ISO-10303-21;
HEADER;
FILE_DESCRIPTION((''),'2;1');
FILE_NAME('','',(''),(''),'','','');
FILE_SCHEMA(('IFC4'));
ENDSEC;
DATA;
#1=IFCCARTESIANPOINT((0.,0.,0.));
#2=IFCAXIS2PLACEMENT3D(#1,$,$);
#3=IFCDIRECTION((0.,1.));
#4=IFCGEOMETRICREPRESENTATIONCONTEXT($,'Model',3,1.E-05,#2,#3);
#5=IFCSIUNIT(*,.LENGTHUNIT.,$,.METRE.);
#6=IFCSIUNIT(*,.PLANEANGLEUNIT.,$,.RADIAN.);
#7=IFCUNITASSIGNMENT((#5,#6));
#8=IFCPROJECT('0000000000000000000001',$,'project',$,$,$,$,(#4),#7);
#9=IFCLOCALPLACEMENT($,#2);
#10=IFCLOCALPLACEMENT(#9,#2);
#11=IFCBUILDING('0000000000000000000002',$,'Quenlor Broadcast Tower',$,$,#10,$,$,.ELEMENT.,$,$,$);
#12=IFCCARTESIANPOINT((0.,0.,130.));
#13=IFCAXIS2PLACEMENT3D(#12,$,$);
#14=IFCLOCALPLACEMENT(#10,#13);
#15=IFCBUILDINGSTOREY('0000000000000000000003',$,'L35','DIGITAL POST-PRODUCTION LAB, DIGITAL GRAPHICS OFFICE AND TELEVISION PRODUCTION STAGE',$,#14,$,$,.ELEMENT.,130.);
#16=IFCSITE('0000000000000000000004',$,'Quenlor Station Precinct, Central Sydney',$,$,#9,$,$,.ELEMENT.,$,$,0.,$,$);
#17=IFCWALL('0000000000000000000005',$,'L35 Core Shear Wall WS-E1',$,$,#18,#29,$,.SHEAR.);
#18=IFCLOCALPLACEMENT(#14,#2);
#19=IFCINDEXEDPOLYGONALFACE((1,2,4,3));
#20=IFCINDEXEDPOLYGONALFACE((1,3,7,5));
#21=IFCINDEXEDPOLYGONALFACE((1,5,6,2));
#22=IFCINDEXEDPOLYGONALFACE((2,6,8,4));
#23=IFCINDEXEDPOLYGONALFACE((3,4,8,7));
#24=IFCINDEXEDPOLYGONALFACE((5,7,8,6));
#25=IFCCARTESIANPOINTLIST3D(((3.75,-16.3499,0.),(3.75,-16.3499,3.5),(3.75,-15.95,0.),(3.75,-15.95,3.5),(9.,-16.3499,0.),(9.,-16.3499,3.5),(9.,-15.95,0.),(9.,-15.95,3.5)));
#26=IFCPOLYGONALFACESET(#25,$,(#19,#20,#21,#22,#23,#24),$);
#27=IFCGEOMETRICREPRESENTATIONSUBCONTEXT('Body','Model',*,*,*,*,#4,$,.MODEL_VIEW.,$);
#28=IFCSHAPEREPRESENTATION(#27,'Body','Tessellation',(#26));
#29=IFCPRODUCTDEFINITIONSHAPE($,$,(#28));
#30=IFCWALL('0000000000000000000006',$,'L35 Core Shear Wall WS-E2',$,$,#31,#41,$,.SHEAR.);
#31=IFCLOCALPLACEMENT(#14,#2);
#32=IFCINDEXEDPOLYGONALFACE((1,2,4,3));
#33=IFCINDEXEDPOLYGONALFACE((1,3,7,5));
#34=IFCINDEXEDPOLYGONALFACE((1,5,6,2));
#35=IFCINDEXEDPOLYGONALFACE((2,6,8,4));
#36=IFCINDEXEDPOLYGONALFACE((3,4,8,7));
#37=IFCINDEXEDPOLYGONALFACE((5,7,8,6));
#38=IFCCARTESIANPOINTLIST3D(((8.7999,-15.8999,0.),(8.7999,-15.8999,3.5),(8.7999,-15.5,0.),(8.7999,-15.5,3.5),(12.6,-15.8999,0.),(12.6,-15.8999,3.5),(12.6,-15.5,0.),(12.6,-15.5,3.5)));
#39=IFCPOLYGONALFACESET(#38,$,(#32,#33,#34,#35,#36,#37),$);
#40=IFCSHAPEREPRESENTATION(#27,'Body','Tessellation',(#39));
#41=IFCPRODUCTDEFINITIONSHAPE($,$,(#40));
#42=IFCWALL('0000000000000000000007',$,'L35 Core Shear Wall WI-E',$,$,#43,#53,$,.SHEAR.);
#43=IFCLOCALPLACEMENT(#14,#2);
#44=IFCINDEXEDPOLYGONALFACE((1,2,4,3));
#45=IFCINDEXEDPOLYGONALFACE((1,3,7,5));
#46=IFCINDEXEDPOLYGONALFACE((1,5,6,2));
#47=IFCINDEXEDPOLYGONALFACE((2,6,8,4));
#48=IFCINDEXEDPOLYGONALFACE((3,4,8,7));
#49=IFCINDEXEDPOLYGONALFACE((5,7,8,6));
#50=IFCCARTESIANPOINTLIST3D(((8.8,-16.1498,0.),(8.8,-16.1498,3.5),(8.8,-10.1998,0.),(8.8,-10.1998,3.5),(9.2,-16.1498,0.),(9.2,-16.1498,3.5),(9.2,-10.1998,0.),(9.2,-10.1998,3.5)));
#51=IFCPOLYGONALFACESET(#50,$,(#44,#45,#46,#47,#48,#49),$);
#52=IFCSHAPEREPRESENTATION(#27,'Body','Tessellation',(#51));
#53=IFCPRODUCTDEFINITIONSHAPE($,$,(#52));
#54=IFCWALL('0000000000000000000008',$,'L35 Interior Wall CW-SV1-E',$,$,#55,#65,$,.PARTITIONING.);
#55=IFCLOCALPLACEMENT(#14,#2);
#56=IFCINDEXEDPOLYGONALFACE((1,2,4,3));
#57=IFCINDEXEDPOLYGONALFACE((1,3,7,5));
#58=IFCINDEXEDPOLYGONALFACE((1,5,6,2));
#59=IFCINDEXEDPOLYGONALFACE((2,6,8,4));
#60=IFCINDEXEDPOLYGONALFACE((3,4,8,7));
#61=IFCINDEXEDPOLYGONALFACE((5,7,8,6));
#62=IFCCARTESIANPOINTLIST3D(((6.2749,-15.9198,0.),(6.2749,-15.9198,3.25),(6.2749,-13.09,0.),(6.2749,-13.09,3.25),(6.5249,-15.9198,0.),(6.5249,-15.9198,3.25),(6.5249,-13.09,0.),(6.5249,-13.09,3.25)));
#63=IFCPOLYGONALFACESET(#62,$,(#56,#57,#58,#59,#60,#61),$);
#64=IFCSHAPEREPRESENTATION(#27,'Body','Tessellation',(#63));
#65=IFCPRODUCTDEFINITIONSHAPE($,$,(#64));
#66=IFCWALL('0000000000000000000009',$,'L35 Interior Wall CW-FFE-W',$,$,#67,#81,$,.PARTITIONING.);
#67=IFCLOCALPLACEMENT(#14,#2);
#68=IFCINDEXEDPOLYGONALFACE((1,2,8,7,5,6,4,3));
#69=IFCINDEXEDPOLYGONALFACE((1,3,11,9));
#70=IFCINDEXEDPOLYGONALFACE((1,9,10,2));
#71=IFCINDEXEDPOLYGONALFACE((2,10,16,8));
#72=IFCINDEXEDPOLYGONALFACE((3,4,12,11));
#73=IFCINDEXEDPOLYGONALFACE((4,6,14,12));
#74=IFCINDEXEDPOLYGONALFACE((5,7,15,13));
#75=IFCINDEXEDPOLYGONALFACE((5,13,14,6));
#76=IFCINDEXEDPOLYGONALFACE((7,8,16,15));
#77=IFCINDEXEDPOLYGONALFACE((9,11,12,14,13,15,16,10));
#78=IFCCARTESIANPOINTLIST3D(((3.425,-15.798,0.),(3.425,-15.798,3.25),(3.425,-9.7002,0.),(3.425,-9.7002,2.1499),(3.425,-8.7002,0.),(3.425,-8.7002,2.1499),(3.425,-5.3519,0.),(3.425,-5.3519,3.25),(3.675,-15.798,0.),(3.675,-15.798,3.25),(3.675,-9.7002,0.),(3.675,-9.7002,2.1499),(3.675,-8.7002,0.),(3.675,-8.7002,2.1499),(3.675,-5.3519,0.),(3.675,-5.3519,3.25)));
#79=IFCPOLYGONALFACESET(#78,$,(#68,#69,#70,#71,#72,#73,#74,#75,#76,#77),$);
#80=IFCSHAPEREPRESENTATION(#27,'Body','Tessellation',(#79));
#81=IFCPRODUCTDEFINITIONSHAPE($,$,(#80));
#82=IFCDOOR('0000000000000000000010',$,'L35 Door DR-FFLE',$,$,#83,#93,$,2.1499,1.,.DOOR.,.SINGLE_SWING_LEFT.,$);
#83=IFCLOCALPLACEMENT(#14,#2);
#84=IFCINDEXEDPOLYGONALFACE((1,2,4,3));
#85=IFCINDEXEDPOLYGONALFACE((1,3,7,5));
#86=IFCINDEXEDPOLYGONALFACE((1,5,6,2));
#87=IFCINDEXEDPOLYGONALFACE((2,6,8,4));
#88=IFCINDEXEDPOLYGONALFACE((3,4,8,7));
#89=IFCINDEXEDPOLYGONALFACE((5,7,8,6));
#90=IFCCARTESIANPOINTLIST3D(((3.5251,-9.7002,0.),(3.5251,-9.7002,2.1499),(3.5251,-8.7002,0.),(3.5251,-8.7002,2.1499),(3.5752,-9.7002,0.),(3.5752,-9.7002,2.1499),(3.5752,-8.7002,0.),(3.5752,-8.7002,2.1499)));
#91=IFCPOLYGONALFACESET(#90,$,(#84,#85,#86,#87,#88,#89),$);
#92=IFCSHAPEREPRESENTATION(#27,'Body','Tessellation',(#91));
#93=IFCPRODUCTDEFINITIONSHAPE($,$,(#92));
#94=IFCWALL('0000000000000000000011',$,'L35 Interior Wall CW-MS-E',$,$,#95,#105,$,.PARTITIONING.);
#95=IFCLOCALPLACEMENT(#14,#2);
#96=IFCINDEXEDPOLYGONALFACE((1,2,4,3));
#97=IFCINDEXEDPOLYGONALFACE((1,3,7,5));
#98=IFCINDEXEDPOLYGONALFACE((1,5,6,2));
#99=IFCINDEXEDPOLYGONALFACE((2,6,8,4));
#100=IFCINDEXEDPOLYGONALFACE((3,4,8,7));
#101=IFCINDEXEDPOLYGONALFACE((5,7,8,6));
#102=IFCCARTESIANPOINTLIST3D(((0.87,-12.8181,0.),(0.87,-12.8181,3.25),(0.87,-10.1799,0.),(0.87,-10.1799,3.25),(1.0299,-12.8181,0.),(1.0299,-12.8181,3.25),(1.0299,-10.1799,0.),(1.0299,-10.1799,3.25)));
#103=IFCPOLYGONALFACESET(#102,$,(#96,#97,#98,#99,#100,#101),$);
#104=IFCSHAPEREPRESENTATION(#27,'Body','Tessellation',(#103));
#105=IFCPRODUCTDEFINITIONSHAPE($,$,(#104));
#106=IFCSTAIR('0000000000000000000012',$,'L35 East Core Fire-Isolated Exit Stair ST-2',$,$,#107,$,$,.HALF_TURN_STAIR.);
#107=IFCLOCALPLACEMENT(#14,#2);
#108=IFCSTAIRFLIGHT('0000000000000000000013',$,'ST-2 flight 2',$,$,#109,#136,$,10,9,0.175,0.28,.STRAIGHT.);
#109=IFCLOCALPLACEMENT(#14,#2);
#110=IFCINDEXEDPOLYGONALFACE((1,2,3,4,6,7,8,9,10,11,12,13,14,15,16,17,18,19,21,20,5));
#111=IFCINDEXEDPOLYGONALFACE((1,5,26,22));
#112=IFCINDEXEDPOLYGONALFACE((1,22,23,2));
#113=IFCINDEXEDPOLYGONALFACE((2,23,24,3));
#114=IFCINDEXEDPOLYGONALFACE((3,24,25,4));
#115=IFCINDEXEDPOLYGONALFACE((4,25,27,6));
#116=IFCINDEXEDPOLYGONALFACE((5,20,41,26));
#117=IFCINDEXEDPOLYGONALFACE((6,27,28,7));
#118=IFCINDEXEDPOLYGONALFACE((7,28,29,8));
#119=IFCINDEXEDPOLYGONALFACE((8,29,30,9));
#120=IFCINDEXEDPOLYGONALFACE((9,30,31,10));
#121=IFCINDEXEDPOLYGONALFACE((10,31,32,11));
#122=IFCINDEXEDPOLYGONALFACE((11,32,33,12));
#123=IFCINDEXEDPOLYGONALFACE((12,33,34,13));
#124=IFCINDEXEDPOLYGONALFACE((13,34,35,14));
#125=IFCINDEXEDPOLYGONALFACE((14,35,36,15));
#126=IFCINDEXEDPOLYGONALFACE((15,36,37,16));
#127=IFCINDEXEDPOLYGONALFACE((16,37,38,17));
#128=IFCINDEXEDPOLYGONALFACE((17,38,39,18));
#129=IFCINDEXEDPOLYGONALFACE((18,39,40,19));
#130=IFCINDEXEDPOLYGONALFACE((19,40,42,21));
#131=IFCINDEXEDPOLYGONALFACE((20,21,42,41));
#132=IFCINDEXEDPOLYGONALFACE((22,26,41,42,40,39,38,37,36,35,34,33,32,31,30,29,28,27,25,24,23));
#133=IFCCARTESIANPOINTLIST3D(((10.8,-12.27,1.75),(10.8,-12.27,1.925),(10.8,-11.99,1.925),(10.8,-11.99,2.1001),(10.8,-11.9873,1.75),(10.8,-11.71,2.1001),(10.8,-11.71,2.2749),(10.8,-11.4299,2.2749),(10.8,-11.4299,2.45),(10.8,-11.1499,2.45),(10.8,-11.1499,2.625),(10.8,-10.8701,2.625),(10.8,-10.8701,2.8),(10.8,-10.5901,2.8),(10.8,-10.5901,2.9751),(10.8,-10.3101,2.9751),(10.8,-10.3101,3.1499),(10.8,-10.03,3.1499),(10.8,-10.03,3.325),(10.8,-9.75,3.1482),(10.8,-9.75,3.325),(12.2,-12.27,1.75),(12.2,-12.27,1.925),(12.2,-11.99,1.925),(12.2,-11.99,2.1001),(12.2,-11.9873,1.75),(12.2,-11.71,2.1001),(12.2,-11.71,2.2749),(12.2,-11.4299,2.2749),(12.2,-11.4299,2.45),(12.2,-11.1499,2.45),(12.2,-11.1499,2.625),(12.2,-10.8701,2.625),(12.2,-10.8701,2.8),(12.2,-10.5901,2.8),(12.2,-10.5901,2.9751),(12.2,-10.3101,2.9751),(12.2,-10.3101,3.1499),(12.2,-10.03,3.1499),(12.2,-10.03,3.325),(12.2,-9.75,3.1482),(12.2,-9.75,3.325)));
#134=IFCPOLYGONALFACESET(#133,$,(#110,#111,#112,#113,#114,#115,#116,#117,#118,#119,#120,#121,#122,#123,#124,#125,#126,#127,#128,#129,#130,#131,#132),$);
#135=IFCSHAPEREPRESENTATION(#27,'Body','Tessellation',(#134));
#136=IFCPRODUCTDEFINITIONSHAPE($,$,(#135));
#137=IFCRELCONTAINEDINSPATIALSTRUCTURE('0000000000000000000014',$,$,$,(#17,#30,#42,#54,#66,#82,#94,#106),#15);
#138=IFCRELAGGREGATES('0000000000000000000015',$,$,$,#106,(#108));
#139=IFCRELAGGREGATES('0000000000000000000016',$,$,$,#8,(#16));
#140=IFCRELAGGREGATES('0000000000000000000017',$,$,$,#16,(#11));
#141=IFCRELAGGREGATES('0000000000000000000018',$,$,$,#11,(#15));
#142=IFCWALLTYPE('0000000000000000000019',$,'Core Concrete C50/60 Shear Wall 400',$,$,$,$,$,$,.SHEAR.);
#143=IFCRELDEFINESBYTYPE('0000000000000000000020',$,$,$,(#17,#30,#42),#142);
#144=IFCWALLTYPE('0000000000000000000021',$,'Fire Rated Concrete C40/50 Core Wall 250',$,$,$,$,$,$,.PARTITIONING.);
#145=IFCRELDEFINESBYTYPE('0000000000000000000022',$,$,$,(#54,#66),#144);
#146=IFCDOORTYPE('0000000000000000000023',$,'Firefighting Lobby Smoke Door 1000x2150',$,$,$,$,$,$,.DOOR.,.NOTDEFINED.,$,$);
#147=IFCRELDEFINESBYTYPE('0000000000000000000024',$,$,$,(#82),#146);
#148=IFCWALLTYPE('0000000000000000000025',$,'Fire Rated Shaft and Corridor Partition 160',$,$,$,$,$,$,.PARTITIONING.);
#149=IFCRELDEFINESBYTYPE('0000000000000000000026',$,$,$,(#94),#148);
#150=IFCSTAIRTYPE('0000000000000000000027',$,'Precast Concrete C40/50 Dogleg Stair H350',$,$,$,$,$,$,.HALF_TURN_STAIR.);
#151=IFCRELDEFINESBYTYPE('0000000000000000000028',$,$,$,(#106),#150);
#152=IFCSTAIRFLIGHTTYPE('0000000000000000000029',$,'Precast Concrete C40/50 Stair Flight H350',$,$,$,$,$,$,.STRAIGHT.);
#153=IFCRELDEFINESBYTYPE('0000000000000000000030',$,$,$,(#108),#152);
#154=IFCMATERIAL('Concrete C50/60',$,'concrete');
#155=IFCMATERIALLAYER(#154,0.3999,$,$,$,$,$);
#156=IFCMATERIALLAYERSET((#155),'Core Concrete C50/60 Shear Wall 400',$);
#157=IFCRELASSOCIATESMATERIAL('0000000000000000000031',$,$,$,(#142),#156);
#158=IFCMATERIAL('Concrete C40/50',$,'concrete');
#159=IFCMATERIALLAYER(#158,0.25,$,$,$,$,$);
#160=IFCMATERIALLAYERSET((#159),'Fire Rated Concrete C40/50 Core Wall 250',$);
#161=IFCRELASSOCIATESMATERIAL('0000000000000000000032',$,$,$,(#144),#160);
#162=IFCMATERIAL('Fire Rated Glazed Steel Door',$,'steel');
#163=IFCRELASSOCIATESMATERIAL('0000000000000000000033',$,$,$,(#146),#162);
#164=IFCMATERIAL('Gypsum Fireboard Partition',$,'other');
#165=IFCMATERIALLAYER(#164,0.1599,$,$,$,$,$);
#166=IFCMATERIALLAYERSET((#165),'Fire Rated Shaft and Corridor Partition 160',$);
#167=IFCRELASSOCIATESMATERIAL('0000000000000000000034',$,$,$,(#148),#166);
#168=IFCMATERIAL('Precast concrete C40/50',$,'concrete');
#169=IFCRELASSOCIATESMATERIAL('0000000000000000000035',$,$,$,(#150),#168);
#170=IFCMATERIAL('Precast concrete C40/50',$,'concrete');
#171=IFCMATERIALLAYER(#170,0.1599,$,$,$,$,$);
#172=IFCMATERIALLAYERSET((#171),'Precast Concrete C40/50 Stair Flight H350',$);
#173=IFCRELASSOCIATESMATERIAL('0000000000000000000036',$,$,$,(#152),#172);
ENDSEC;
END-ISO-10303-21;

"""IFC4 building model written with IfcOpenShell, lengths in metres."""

from ifc_helpers import new_model, si_unit, direction, frame, frame_2d, origin, place, context, subcontext, project, spatial, polyline, rectangle, outline, extrude, material, layer, layer_set, type_object, element, fill, aggregate, save


model = new_model("IFC4")

# Units and contexts
model_context = context("Model", 3, precision=1e-05, world=origin(), true_north=direction((0.0, 1.0)))
body_context = subcontext(model_context, "Body", "Model", "MODEL_VIEW")
ifc_project = project(units=[si_unit("LENGTHUNIT", "METRE"), si_unit("PLANEANGLEUNIT", "RADIAN")], contexts=[model_context])

# Site, building, storey
site_placement = place(None, origin())
site = spatial("IfcSite", under=ifc_project, at=site_placement, Name="Quenlor Station Precinct, Central Sydney", CompositionType="ELEMENT", RefElevation=0.0)
building_placement = place(site_placement, origin())
building = spatial("IfcBuilding", under=site, at=building_placement, Name="Quenlor Broadcast Tower", CompositionType="ELEMENT")
storey_placement = place(building_placement, frame((0.0, 0.0, 130.0)))
storey = spatial("IfcBuildingStorey", under=building, at=storey_placement, Name="L35", Description="DIGITAL POST-PRODUCTION LAB, DIGITAL GRAPHICS OFFICE AND TELEVISION PRODUCTION STAGE", CompositionType="ELEMENT", Elevation=130.0)

# Walls
ifc_material_1 = material(Name="Concrete C50/60", Category="concrete")
ifc_layer_1 = layer(ifc_material_1, 0.3999)
ifc_layer_set_1 = layer_set([ifc_layer_1], Name="Core Concrete C50/60 Shear Wall 400")
wall_type_1 = type_object("IfcWallType", Name="Core Concrete C50/60 Shear Wall 400", PredefinedType="SHEAR", material=ifc_layer_set_1)
wall_1_placement = place(storey_placement, frame((3.75, -16.1499, 0.0), z_axis=(0.0, 0.0, 1.0), x_axis=(1.0, 0.0, 0.0)))
element("IfcWall", 1, at=wall_1_placement, inside=storey, type_object=wall_type_1, Name="L35 Core Shear Wall WS-E1", PredefinedType="SHEAR", context=body_context, shape_type="SweptSolid", body=[
    extrude(rectangle(XDim=5.25, YDim=0.3999, at=frame_2d((2.625, 0.0))), origin(), (0.0, 0.0, 1.0), 3.5),
])
wall_2_placement = place(storey_placement, frame((8.8, -15.7, 0.0), z_axis=(0.0, 0.0, 1.0), x_axis=(1.0, 0.0, 0.0)))
element("IfcWall", 2, at=wall_2_placement, inside=storey, type_object=wall_type_1, Name="L35 Core Shear Wall WS-E2", PredefinedType="SHEAR", context=body_context, shape_type="SweptSolid", body=[
    extrude(rectangle(XDim=3.8, YDim=0.3999, at=frame_2d((1.8999, 0.0))), origin(), (0.0, 0.0, 1.0), 3.5),
])
wall_3_placement = place(storey_placement, frame((9.0, -16.1499, 0.0), z_axis=(0.0, 0.0, 1.0), x_axis=(0.0, 1.0, 0.0)))
element("IfcWall", 3, at=wall_3_placement, inside=storey, type_object=wall_type_1, Name="L35 Core Shear Wall WI-E", PredefinedType="SHEAR", context=body_context, shape_type="SweptSolid", body=[
    extrude(rectangle(XDim=5.95, YDim=0.3999, at=frame_2d((2.9751, 0.0))), origin(), (0.0, 0.0, 1.0), 3.5),
])

# Shared definitions
ifc_material_2 = material(Name="Concrete C40/50", Category="concrete")
ifc_layer_2 = layer(ifc_material_2, 0.25)
ifc_layer_set_2 = layer_set([ifc_layer_2], Name="Fire Rated Concrete C40/50 Core Wall 250")
wall_type_2 = type_object("IfcWallType", Name="Fire Rated Concrete C40/50 Core Wall 250", PredefinedType="PARTITIONING", material=ifc_layer_set_2)

# Wall
wall_4_placement = place(storey_placement, frame((6.3999, -15.9199, 0.0), z_axis=(0.0, 0.0, 1.0), x_axis=(0.0, 1.0, 0.0)))
element("IfcWall", 4, at=wall_4_placement, inside=storey, type_object=wall_type_2, Name="L35 Interior Wall CW-SV1-E", PredefinedType="PARTITIONING", context=body_context, shape_type="SweptSolid", body=[
    extrude(rectangle(XDim=2.8298, YDim=0.25, at=frame_2d((1.415, 0.0))), origin(), (0.0, 0.0, 1.0), 3.25),
])

# Wall, opening, door
wall_5_placement = place(storey_placement, frame((3.55, -15.7981, 0.0), z_axis=(0.0, 0.0, 1.0), x_axis=(0.0, 1.0, 0.0)))
wall_5 = element("IfcWall", 5, at=wall_5_placement, inside=storey, type_object=wall_type_2, Name="L35 Interior Wall CW-FFE-W", PredefinedType="PARTITIONING", context=body_context, shape_type="SweptSolid", body=[
    extrude(rectangle(XDim=10.446, YDim=0.25, at=frame_2d((5.2231, 0.0))), origin(), (0.0, 0.0, 1.0), 3.25),
])
opening_1_placement = place(wall_5_placement, frame((6.0979, 0.0, 0.0)))
opening_1 = element("IfcOpeningElement", 6, at=opening_1_placement, cuts=wall_5, PredefinedType="OPENING", context=body_context, shape_type="SweptSolid", body=[
    extrude(rectangle(XDim=1.0, YDim=2.1499, at=frame_2d((0.5, 1.075))), frame((0.0, 0.135, 0.0), z_axis=(0.0, -1.0, 0.0), x_axis=(1.0, 0.0, 0.0)), (0.0, 0.0, 1.0), 0.27),
])
ifc_material_3 = material(Name="Fire Rated Glazed Steel Door", Category="steel")
door_type_1 = type_object("IfcDoorType", Name="Firefighting Lobby Smoke Door 1000x2150", OperationType="NOTDEFINED", PredefinedType="DOOR", material=ifc_material_3)
door_1_placement = place(opening_1_placement, origin())
door_1 = element("IfcDoor", 7, at=door_1_placement, inside=storey, type_object=door_type_1, Name="L35 Door DR-FFLE", OperationType="SINGLE_SWING_LEFT", OverallHeight=2.1499, OverallWidth=1.0, PredefinedType="DOOR", context=body_context, shape_type="SweptSolid", body=[
    extrude(rectangle(XDim=1.0, YDim=2.1499, at=frame_2d((0.5, 1.075))), frame((0.0, 0.0249, 0.0), z_axis=(0.0, -1.0, 0.0), x_axis=(1.0, 0.0, 0.0)), (0.0, 0.0, 1.0), 0.05),
])
fill(opening_1, door_1)

# Wall
ifc_material_4 = material(Name="Gypsum Fireboard Partition", Category="other")
ifc_layer_3 = layer(ifc_material_4, 0.1599)
ifc_layer_set_3 = layer_set([ifc_layer_3], Name="Fire Rated Shaft and Corridor Partition 160")
wall_type_3 = type_object("IfcWallType", Name="Fire Rated Shaft and Corridor Partition 160", PredefinedType="PARTITIONING", material=ifc_layer_set_3)
wall_6_placement = place(storey_placement, frame((0.95, -12.8181, 0.0), z_axis=(0.0, 0.0, 1.0), x_axis=(0.0, 1.0, 0.0)))
element("IfcWall", 8, at=wall_6_placement, inside=storey, type_object=wall_type_3, Name="L35 Interior Wall CW-MS-E", PredefinedType="PARTITIONING", context=body_context, shape_type="SweptSolid", body=[
    extrude(rectangle(XDim=2.6382, YDim=0.1599, at=frame_2d((1.3191, 0.0))), origin(), (0.0, 0.0, 1.0), 3.25),
])

# Stair, stair flight
ifc_material_5 = material(Name="Precast concrete C40/50", Category="concrete")
stair_type = type_object("IfcStairType", Name="Precast Concrete C40/50 Dogleg Stair H350", PredefinedType="HALF_TURN_STAIR", material=ifc_material_5)
stair_placement = place(storey_placement, origin())
stair = element("IfcStair", 9, at=stair_placement, inside=storey, type_object=stair_type, Name="L35 East Core Fire-Isolated Exit Stair ST-2", PredefinedType="HALF_TURN_STAIR")
ifc_material_6 = material(Name="Precast concrete C40/50", Category="concrete")
ifc_layer_4 = layer(ifc_material_6, 0.1599)
ifc_layer_set_4 = layer_set([ifc_layer_4], Name="Precast Concrete C40/50 Stair Flight H350")
stair_flight_type = type_object("IfcStairFlightType", Name="Precast Concrete C40/50 Stair Flight H350", PredefinedType="STRAIGHT", material=ifc_layer_set_4)
stair_flight_placement = place(storey_placement, frame((11.5, -12.27, 1.75), z_axis=(0.0, 0.0, 1.0), x_axis=(0.0, 1.0, 0.0)))
stair_flight = element("IfcStairFlight", 10, at=stair_flight_placement, type_object=stair_flight_type, Name="ST-2 flight 2", NumberOfRisers=10, NumberOfTreads=9, PredefinedType="STRAIGHT", RiserHeight=0.175, TreadLength=0.28, context=body_context, shape_type="SweptSolid", body=[
    extrude(outline(polyline([(0.0, 0.0), (0.0, 0.175), (0.28, 0.175), (0.28, 0.3501), (0.5601, 0.3501), (0.5601, 0.5249), (0.8401, 0.5249), (0.8401, 0.7), (1.1201, 0.7), (1.1201, 0.875), (1.3999, 0.875), (1.3999, 1.05), (1.6799, 1.05), (1.6799, 1.2251), (1.96, 1.2251), (1.96, 1.3999), (2.24, 1.3999), (2.24, 1.575), (2.52, 1.575), (2.52, 1.75), (2.52, 1.3982), (0.2827, 0.0), (0.0, 0.0)])), frame((0.0, 0.7, 0.0), z_axis=(0.0, -1.0, 0.0), x_axis=(1.0, 0.0, 0.0)), (0.0, 0.0, 1.0), 1.3999),
])
aggregate(stair, [stair_flight])

save(model, "model.ifc")
